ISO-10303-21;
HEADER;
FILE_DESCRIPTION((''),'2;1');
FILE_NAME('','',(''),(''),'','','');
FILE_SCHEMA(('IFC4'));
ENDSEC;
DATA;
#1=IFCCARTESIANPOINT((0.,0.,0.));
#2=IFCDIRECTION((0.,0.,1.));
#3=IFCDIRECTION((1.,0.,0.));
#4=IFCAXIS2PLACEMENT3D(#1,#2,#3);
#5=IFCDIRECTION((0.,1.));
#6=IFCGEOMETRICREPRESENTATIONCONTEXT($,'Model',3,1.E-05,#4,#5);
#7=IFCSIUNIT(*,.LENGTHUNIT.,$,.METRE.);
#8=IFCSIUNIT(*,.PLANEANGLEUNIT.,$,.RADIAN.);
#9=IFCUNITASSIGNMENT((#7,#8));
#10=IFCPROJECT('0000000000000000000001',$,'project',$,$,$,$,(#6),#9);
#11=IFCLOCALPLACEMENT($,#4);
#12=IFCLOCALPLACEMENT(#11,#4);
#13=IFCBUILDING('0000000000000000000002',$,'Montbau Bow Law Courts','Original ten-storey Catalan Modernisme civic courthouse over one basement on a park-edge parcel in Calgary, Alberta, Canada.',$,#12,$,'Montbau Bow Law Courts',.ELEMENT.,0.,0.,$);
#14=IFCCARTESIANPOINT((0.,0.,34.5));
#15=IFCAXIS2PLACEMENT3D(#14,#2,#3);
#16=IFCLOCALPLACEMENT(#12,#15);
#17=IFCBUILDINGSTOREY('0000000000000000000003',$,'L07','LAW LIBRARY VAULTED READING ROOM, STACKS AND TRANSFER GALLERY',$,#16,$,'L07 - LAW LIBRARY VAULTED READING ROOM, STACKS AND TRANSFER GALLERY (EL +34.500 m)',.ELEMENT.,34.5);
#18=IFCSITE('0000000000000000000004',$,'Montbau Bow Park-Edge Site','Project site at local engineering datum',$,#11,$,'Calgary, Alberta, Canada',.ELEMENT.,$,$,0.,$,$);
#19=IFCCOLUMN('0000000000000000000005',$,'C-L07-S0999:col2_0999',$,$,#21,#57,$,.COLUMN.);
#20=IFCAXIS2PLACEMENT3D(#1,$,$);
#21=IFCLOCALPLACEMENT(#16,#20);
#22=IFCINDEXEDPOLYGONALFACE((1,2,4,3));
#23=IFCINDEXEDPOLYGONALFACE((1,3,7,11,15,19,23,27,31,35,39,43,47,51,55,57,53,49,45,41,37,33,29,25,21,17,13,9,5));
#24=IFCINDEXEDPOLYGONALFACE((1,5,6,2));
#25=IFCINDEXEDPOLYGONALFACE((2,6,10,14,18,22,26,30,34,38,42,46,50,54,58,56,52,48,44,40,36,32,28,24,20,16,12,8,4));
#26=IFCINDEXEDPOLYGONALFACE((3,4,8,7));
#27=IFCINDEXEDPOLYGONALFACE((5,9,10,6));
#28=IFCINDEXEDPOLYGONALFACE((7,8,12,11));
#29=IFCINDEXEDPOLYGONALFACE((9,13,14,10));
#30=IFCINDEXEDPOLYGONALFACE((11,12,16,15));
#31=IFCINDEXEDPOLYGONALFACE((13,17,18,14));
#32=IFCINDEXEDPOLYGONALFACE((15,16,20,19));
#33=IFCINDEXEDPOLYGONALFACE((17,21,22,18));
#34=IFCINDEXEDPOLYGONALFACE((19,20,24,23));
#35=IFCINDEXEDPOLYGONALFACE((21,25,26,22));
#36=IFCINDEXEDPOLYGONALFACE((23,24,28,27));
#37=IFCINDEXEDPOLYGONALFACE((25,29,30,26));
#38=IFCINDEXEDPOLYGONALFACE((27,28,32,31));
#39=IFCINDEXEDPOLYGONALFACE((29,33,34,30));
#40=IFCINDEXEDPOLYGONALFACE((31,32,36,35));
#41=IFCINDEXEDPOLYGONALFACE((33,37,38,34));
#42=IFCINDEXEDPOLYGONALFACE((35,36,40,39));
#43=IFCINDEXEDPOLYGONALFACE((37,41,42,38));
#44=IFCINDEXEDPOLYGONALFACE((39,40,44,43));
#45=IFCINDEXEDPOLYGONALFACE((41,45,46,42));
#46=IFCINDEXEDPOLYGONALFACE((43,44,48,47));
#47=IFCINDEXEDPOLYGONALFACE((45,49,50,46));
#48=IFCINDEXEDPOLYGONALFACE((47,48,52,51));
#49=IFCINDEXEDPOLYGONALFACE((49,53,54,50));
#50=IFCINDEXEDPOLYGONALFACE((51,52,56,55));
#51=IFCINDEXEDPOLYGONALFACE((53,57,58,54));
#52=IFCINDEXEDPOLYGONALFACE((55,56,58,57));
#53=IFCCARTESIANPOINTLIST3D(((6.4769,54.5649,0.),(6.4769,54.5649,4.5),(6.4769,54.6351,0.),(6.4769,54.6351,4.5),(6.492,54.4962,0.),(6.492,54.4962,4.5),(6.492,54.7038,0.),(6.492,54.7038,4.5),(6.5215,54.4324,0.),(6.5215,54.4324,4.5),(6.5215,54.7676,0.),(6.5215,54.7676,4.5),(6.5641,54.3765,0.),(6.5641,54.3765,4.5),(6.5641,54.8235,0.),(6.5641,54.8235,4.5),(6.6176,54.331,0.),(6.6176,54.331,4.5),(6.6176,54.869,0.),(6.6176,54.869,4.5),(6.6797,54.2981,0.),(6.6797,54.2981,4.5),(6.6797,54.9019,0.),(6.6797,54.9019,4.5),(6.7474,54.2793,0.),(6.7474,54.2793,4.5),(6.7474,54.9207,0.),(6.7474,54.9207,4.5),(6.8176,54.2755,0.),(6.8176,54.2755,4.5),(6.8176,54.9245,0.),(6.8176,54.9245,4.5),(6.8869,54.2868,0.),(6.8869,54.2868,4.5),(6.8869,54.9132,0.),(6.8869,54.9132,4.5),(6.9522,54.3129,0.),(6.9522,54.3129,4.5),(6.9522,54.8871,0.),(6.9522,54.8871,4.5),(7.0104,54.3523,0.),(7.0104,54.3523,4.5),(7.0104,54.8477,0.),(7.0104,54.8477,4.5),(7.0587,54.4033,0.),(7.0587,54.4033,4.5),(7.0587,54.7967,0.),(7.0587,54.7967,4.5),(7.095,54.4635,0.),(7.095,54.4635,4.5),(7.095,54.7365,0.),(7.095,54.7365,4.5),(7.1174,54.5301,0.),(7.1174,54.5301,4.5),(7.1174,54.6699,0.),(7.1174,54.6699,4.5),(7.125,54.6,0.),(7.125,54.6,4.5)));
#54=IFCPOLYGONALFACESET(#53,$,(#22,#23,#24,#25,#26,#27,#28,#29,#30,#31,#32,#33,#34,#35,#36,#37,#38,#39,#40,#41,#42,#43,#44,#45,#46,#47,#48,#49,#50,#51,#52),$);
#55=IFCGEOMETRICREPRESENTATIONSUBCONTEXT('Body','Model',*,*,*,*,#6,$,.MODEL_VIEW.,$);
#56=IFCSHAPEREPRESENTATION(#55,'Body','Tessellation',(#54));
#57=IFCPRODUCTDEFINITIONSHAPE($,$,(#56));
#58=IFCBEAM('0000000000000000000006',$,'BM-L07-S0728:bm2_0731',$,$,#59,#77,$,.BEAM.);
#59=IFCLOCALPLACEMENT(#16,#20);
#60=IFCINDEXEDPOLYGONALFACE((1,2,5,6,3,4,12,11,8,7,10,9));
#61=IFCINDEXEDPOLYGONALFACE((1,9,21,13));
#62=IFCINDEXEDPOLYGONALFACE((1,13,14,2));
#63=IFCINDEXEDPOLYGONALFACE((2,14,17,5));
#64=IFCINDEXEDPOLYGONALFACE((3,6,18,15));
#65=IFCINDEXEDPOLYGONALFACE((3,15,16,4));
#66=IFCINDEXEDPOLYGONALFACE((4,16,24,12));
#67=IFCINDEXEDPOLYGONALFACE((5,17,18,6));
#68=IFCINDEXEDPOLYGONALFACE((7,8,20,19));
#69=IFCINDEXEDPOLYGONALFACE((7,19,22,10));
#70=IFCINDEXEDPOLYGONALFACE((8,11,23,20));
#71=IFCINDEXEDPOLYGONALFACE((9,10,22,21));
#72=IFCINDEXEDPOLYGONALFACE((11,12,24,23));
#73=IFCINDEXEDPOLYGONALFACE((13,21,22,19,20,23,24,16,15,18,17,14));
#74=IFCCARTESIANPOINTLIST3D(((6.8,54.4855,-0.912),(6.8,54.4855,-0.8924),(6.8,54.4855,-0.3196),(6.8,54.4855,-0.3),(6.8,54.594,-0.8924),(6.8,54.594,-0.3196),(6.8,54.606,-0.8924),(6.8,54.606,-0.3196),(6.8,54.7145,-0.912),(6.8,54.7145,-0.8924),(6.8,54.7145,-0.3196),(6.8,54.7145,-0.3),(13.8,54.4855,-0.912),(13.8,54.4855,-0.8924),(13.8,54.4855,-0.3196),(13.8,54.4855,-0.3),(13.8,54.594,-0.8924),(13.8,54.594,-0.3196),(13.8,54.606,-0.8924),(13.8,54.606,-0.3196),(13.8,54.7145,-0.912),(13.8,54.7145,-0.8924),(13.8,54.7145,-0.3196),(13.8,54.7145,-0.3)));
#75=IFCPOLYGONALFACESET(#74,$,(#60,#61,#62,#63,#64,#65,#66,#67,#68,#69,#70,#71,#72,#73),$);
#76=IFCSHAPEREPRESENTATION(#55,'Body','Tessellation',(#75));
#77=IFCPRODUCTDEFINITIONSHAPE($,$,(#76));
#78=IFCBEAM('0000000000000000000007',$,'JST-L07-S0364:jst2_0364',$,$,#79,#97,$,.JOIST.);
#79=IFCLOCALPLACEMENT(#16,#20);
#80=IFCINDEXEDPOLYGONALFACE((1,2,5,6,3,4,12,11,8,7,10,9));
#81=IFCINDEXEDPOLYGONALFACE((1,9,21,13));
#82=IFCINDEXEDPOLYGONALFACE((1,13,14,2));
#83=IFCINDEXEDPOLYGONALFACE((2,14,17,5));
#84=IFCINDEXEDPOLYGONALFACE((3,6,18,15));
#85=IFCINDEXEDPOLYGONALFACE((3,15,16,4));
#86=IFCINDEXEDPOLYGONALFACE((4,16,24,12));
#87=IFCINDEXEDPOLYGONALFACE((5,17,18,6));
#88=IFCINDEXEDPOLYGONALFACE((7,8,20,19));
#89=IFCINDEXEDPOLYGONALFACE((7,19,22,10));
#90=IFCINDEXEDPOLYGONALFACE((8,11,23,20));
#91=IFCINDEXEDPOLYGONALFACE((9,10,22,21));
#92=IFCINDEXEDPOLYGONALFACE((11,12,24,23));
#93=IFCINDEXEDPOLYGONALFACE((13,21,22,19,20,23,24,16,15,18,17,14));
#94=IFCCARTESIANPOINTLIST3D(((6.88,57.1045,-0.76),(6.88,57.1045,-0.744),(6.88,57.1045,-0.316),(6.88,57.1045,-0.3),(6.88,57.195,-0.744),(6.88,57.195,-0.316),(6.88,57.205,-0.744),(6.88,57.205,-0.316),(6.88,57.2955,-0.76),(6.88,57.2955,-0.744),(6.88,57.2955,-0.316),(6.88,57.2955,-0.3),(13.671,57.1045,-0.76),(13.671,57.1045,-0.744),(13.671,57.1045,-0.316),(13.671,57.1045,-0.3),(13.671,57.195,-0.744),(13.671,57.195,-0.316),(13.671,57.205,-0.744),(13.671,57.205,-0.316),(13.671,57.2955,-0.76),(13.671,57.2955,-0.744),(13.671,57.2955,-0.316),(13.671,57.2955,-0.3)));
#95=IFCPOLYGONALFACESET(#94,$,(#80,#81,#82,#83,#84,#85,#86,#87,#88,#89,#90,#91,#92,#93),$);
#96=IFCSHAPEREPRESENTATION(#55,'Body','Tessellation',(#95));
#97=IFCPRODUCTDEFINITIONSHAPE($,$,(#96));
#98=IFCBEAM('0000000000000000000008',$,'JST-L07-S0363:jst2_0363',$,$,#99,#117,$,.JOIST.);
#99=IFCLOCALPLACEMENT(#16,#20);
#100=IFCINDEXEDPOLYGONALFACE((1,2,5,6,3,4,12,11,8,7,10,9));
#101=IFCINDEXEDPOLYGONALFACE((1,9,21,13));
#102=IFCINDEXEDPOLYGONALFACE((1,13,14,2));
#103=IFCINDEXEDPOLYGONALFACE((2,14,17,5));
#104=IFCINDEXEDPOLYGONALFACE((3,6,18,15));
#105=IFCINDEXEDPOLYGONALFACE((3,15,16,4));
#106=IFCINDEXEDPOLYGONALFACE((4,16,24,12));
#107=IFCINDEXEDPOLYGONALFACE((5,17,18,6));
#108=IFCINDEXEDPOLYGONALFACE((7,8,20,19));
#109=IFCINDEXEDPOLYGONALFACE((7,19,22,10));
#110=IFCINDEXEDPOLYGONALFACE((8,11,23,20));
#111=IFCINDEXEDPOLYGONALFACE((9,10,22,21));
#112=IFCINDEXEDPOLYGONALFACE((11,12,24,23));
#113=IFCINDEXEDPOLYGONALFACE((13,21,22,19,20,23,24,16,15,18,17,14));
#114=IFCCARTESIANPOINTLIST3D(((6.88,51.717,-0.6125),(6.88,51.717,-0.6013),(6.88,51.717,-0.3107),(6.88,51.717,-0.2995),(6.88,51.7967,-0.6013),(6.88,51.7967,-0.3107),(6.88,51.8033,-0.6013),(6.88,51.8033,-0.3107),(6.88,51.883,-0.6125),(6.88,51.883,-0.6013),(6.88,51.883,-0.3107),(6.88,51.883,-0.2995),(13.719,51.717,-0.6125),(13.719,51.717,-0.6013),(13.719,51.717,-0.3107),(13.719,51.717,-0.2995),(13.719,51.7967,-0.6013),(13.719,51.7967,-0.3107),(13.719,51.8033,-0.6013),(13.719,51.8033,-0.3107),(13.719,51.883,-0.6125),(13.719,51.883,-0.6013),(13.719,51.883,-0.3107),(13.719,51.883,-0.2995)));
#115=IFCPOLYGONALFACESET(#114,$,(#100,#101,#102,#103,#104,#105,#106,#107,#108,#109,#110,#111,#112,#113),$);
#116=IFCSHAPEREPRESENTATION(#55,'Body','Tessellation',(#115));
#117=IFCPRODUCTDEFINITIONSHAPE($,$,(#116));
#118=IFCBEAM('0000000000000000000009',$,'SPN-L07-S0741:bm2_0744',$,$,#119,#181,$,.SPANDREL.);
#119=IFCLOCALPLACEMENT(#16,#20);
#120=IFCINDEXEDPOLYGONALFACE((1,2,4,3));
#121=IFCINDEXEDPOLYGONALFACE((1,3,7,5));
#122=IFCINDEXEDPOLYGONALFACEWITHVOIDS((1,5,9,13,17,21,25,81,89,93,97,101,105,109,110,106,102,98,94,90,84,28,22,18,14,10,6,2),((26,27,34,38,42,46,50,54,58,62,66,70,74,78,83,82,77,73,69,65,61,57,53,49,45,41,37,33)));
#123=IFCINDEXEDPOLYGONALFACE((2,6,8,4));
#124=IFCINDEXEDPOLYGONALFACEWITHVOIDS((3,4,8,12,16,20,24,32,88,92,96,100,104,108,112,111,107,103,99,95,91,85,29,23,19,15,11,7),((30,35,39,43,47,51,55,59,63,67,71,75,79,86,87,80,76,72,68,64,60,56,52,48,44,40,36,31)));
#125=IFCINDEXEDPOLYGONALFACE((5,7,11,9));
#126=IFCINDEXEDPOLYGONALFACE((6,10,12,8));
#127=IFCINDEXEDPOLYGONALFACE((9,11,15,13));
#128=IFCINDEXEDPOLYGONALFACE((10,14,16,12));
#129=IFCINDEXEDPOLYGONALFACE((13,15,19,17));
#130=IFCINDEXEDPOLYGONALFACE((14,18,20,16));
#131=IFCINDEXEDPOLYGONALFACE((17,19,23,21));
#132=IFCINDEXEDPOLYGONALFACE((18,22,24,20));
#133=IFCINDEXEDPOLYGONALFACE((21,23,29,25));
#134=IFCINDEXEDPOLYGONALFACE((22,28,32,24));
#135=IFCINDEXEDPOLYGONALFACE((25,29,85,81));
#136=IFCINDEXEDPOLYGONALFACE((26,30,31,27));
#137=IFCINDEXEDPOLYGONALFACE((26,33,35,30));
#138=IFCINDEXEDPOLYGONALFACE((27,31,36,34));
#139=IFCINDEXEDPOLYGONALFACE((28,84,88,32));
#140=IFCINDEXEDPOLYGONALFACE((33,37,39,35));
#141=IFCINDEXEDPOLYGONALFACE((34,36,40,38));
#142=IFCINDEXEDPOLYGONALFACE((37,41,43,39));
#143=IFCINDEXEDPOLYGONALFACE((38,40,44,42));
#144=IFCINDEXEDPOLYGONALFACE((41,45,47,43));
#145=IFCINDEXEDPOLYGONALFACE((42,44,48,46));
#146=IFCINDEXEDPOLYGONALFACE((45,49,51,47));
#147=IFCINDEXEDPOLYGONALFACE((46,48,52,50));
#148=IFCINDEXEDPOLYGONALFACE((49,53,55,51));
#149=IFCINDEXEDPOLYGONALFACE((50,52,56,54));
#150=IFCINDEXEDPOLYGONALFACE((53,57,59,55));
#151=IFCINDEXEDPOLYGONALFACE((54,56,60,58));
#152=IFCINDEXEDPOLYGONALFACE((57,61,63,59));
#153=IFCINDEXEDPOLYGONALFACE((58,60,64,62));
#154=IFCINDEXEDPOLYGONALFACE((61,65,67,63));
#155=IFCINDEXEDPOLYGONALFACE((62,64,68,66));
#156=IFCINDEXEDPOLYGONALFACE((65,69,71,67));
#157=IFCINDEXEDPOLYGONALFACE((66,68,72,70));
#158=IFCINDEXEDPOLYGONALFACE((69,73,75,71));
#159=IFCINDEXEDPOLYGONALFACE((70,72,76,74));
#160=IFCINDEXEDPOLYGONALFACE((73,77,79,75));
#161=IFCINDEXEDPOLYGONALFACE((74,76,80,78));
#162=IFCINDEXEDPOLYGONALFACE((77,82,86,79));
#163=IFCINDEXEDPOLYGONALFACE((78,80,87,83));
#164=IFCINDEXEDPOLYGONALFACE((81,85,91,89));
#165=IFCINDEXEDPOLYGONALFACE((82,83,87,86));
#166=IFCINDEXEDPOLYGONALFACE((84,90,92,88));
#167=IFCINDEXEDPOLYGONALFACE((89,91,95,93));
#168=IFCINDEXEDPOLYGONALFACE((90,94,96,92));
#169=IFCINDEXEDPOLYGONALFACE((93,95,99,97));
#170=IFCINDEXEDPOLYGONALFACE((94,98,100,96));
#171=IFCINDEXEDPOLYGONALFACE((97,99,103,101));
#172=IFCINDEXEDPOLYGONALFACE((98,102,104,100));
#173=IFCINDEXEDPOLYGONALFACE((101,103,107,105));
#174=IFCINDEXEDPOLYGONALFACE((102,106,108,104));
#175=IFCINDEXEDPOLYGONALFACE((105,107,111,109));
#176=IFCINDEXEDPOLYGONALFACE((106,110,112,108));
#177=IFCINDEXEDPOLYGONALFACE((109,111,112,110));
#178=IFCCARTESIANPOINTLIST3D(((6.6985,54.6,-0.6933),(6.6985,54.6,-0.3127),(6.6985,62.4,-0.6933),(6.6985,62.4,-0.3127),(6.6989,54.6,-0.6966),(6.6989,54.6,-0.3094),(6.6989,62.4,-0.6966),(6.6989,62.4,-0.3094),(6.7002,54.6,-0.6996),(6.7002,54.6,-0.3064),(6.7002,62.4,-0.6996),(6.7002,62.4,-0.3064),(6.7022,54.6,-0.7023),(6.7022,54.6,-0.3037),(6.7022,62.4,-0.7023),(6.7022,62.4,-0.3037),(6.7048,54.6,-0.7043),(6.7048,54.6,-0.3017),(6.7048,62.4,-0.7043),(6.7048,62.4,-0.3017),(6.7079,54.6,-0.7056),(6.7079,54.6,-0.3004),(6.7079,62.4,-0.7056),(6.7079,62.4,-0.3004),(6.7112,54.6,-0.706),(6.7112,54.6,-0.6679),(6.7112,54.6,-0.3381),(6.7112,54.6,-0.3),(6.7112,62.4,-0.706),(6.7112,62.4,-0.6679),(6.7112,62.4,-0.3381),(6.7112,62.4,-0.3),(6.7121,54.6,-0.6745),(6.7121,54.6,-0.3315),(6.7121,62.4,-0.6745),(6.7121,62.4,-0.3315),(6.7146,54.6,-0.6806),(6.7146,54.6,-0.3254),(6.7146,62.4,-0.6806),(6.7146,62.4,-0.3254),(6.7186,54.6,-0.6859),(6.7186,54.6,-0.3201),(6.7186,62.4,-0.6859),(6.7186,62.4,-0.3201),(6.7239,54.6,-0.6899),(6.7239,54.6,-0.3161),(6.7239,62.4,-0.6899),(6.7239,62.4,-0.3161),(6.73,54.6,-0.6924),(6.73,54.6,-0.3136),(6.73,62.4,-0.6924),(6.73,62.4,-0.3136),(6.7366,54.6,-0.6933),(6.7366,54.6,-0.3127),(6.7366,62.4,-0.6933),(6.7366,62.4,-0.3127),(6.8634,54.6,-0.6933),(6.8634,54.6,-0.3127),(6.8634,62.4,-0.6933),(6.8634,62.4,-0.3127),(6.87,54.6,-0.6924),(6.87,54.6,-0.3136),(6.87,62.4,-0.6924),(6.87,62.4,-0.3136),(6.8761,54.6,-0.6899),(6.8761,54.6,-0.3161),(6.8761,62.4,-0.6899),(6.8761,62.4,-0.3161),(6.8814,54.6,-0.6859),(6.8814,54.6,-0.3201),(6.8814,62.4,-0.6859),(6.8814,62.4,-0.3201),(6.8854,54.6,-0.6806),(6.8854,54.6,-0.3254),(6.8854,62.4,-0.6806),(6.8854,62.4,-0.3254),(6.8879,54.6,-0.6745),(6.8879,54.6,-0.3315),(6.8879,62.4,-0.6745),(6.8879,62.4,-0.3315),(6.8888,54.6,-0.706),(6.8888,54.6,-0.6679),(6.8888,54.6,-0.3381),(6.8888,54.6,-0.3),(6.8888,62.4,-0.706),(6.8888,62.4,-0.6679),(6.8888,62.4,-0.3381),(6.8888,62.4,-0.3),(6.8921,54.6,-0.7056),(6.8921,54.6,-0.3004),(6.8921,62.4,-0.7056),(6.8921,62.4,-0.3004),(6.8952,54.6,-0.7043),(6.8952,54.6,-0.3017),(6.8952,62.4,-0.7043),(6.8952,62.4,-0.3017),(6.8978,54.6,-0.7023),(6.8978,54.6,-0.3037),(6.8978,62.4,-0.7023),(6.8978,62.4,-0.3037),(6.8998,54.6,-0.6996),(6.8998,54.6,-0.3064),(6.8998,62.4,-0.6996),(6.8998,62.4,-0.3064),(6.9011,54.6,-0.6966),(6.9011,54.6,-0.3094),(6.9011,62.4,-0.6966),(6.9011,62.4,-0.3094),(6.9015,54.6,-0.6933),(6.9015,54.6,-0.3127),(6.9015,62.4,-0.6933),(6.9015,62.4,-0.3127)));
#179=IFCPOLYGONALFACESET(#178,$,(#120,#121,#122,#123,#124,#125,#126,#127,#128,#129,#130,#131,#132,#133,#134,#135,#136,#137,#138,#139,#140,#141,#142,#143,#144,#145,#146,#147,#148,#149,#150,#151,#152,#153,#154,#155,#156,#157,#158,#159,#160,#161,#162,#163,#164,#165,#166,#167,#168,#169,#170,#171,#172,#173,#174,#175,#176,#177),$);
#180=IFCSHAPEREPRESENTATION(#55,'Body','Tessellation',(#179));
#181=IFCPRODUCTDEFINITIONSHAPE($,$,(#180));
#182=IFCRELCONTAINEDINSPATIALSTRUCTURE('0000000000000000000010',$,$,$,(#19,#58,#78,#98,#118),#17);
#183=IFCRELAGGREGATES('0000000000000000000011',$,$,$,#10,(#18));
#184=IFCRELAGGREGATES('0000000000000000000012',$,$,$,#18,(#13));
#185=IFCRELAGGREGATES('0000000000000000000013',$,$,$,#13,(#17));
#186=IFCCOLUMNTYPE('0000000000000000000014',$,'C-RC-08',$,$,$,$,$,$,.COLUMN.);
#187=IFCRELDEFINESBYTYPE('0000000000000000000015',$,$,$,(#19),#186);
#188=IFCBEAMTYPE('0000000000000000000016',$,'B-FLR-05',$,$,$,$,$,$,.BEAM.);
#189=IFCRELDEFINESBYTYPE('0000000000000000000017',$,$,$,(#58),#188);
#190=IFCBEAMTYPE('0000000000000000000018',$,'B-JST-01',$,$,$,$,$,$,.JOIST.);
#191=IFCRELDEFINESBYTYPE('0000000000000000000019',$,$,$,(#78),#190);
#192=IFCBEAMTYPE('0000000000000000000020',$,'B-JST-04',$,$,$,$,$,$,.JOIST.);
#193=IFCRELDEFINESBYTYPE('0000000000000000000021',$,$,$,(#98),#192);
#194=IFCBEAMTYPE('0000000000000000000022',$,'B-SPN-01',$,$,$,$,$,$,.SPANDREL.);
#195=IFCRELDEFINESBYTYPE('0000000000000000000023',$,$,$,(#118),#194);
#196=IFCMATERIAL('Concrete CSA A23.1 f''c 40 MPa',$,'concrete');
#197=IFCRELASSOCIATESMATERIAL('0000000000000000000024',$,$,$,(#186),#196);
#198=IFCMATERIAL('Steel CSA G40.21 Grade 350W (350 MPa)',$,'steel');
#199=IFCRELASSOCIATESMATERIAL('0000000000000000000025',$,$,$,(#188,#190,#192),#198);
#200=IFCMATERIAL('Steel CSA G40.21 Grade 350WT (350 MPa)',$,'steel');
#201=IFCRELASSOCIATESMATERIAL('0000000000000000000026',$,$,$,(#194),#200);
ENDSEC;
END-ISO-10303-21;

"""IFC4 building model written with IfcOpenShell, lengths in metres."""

from ifc_helpers import new_model, si_unit, direction, frame, origin_with_axes, origin_2d_with_axis, place, context, subcontext, project, spatial, hollow_rectangle, circle, i_section, extrude, material, material_profile, profile_set, type_object, element, save


model = new_model("IFC4")

# Units and contexts
model_context = context("Model", 3, precision=1e-05, world=origin_with_axes(), true_north=direction((0.0, 1.0)))
body_context = subcontext(model_context, "Body", "Model", "MODEL_VIEW")
ifc_project = project(units=[si_unit("LENGTHUNIT", "METRE"), si_unit("PLANEANGLEUNIT", "RADIAN")], contexts=[model_context])

# Site, building, storey
site_placement = place(None, origin_with_axes())
site = spatial("IfcSite", under=ifc_project, at=site_placement, Name="Montbau Bow Park-Edge Site", Description="Project site at local engineering datum", LongName="Calgary, Alberta, Canada", CompositionType="ELEMENT", RefElevation=0.0)
building_placement = place(site_placement, origin_with_axes())
building = spatial("IfcBuilding", under=site, at=building_placement, Name="Montbau Bow Law Courts", Description="Original ten-storey Catalan Modernisme civic courthouse over one basement on a park-edge parcel in Calgary, Alberta, Canada.", LongName="Montbau Bow Law Courts", CompositionType="ELEMENT", ElevationOfRefHeight=0.0, ElevationOfTerrain=0.0)
storey_placement = place(building_placement, frame((0.0, 0.0, 34.5), z_axis=(0.0, 0.0, 1.0), x_axis=(1.0, 0.0, 0.0)))
storey = spatial("IfcBuildingStorey", under=building, at=storey_placement, Name="L07", Description="LAW LIBRARY VAULTED READING ROOM, STACKS AND TRANSFER GALLERY", LongName="L07 - LAW LIBRARY VAULTED READING ROOM, STACKS AND TRANSFER GALLERY (EL +34.500 m)", CompositionType="ELEMENT", Elevation=34.5)

# Column
ifc_material_1 = material(Name="Concrete CSA A23.1 f'c 40 MPa", Category="concrete")
ifc_material_profile_1 = material_profile(ifc_material_1, circle(Radius=0.325, at=origin_2d_with_axis()), Name="RC650D", Category="Main", Priority=0)
ifc_profile_set_1 = profile_set([ifc_material_profile_1], Name="Concrete CSA A23.1 f'c 40 MPa")
column_type = type_object("IfcColumnType", Name="C-RC-08", PredefinedType="COLUMN", material=ifc_profile_set_1)
column_placement = place(None, frame((6.8, 54.6, 34.5), z_axis=(0.0, 0.0, 1.0), x_axis=(1.0, 0.0, 0.0)))
element("IfcColumn", 1, at=column_placement, inside=storey, type_object=column_type, Name="C-L07-S0999:col2_0999", PredefinedType="COLUMN", context=body_context, shape_type="SweptSolid", body=[
    extrude(circle(Radius=0.325, at=origin_2d_with_axis()), origin_with_axes(), (0.0, 0.0, 1.0), 4.5),
])

# Beams
ifc_material_2 = material(Name="Steel CSA G40.21 Grade 350W (350 MPa)", Category="steel")
ifc_material_profile_2 = material_profile(ifc_material_2, i_section(OverallWidth=0.229, OverallDepth=0.612, WebThickness=0.0119, FlangeThickness=0.0196, at=origin_2d_with_axis()), Name="W610X125", Category="Main", Priority=0)
ifc_profile_set_2 = profile_set([ifc_material_profile_2], Name="Steel CSA G40.21 Grade 350W (350 MPa)")
beam_type_1 = type_object("IfcBeamType", Name="B-FLR-05", PredefinedType="BEAM", material=ifc_profile_set_2)
beam_1_placement = place(None, frame((6.8, 54.6, 33.894), z_axis=(1.0, 0.0, 0.0), x_axis=(0.0, 1.0, 0.0)))
element("IfcBeam", 2, at=beam_1_placement, inside=storey, type_object=beam_type_1, Name="BM-L07-S0728:bm2_0731", PredefinedType="BEAM", context=body_context, shape_type="SweptSolid", body=[
    extrude(i_section(OverallWidth=0.229, OverallDepth=0.612, WebThickness=0.0119, FlangeThickness=0.0196, at=origin_2d_with_axis()), origin_with_axes(), (0.0, 0.0, 1.0), 7.0),
])
ifc_material_profile_3 = material_profile(ifc_material_2, i_section(OverallWidth=0.191, OverallDepth=0.46, WebThickness=0.0099, FlangeThickness=0.016, at=origin_2d_with_axis()), Name="W460X82", Category="Main", Priority=0)
ifc_profile_set_3 = profile_set([ifc_material_profile_3], Name="Steel CSA G40.21 Grade 350W (350 MPa)")
beam_type_2 = type_object("IfcBeamType", Name="B-JST-01", PredefinedType="JOIST", material=ifc_profile_set_3)
beam_2_placement = place(None, frame((6.88, 57.2, 33.97), z_axis=(1.0, 0.0, 0.0), x_axis=(0.0, 1.0, 0.0)))
element("IfcBeam", 3, at=beam_2_placement, inside=storey, type_object=beam_type_2, Name="JST-L07-S0364:jst2_0364", PredefinedType="JOIST", context=body_context, shape_type="SweptSolid", body=[
    extrude(i_section(OverallWidth=0.191, OverallDepth=0.46, WebThickness=0.0099, FlangeThickness=0.016, at=origin_2d_with_axis()), origin_with_axes(), (0.0, 0.0, 1.0), 6.791),
])
ifc_material_profile_4 = material_profile(ifc_material_2, i_section(OverallWidth=0.166, OverallDepth=0.313, WebThickness=0.0066, FlangeThickness=0.0112, at=origin_2d_with_axis()), Name="W310X45", Category="Main", Priority=0)
ifc_profile_set_4 = profile_set([ifc_material_profile_4], Name="Steel CSA G40.21 Grade 350W (350 MPa)")
beam_type_3 = type_object("IfcBeamType", Name="B-JST-04", PredefinedType="JOIST", material=ifc_profile_set_4)
beam_3_placement = place(None, frame((6.88, 51.8, 34.044), z_axis=(1.0, 0.0, 0.0), x_axis=(0.0, 1.0, 0.0)))
element("IfcBeam", 4, at=beam_3_placement, inside=storey, type_object=beam_type_3, Name="JST-L07-S0363:jst2_0363", PredefinedType="JOIST", context=body_context, shape_type="SweptSolid", body=[
    extrude(i_section(OverallWidth=0.166, OverallDepth=0.313, WebThickness=0.0066, FlangeThickness=0.0112, at=origin_2d_with_axis()), origin_with_axes(), (0.0, 0.0, 1.0), 6.839),
])
ifc_material_3 = material(Name="Steel CSA G40.21 Grade 350WT (350 MPa)", Category="steel")
ifc_material_profile_5 = material_profile(ifc_material_3, hollow_rectangle(XDim=0.203, YDim=0.406, WallThickness=0.0127, InnerFilletRadius=0.0254, OuterFilletRadius=0.0127, at=origin_2d_with_axis()), Name="HSS406X203X13", Category="Main", Priority=0)
ifc_profile_set_5 = profile_set([ifc_material_profile_5], Name="Steel CSA G40.21 Grade 350WT (350 MPa)")
beam_type_4 = type_object("IfcBeamType", Name="B-SPN-01", PredefinedType="SPANDREL", material=ifc_profile_set_5)
beam_4_placement = place(None, frame((6.8, 54.6, 33.997), z_axis=(0.0, 1.0, 0.0), x_axis=(-1.0, 0.0, 0.0)))
element("IfcBeam", 5, at=beam_4_placement, inside=storey, type_object=beam_type_4, Name="SPN-L07-S0741:bm2_0744", PredefinedType="SPANDREL", context=body_context, shape_type="SweptSolid", body=[
    extrude(hollow_rectangle(XDim=0.203, YDim=0.406, WallThickness=0.0127, InnerFilletRadius=0.0254, OuterFilletRadius=0.0127, at=origin_2d_with_axis()), origin_with_axes(), (0.0, 0.0, 1.0), 7.8),
])

save(model, "model.ifc")
